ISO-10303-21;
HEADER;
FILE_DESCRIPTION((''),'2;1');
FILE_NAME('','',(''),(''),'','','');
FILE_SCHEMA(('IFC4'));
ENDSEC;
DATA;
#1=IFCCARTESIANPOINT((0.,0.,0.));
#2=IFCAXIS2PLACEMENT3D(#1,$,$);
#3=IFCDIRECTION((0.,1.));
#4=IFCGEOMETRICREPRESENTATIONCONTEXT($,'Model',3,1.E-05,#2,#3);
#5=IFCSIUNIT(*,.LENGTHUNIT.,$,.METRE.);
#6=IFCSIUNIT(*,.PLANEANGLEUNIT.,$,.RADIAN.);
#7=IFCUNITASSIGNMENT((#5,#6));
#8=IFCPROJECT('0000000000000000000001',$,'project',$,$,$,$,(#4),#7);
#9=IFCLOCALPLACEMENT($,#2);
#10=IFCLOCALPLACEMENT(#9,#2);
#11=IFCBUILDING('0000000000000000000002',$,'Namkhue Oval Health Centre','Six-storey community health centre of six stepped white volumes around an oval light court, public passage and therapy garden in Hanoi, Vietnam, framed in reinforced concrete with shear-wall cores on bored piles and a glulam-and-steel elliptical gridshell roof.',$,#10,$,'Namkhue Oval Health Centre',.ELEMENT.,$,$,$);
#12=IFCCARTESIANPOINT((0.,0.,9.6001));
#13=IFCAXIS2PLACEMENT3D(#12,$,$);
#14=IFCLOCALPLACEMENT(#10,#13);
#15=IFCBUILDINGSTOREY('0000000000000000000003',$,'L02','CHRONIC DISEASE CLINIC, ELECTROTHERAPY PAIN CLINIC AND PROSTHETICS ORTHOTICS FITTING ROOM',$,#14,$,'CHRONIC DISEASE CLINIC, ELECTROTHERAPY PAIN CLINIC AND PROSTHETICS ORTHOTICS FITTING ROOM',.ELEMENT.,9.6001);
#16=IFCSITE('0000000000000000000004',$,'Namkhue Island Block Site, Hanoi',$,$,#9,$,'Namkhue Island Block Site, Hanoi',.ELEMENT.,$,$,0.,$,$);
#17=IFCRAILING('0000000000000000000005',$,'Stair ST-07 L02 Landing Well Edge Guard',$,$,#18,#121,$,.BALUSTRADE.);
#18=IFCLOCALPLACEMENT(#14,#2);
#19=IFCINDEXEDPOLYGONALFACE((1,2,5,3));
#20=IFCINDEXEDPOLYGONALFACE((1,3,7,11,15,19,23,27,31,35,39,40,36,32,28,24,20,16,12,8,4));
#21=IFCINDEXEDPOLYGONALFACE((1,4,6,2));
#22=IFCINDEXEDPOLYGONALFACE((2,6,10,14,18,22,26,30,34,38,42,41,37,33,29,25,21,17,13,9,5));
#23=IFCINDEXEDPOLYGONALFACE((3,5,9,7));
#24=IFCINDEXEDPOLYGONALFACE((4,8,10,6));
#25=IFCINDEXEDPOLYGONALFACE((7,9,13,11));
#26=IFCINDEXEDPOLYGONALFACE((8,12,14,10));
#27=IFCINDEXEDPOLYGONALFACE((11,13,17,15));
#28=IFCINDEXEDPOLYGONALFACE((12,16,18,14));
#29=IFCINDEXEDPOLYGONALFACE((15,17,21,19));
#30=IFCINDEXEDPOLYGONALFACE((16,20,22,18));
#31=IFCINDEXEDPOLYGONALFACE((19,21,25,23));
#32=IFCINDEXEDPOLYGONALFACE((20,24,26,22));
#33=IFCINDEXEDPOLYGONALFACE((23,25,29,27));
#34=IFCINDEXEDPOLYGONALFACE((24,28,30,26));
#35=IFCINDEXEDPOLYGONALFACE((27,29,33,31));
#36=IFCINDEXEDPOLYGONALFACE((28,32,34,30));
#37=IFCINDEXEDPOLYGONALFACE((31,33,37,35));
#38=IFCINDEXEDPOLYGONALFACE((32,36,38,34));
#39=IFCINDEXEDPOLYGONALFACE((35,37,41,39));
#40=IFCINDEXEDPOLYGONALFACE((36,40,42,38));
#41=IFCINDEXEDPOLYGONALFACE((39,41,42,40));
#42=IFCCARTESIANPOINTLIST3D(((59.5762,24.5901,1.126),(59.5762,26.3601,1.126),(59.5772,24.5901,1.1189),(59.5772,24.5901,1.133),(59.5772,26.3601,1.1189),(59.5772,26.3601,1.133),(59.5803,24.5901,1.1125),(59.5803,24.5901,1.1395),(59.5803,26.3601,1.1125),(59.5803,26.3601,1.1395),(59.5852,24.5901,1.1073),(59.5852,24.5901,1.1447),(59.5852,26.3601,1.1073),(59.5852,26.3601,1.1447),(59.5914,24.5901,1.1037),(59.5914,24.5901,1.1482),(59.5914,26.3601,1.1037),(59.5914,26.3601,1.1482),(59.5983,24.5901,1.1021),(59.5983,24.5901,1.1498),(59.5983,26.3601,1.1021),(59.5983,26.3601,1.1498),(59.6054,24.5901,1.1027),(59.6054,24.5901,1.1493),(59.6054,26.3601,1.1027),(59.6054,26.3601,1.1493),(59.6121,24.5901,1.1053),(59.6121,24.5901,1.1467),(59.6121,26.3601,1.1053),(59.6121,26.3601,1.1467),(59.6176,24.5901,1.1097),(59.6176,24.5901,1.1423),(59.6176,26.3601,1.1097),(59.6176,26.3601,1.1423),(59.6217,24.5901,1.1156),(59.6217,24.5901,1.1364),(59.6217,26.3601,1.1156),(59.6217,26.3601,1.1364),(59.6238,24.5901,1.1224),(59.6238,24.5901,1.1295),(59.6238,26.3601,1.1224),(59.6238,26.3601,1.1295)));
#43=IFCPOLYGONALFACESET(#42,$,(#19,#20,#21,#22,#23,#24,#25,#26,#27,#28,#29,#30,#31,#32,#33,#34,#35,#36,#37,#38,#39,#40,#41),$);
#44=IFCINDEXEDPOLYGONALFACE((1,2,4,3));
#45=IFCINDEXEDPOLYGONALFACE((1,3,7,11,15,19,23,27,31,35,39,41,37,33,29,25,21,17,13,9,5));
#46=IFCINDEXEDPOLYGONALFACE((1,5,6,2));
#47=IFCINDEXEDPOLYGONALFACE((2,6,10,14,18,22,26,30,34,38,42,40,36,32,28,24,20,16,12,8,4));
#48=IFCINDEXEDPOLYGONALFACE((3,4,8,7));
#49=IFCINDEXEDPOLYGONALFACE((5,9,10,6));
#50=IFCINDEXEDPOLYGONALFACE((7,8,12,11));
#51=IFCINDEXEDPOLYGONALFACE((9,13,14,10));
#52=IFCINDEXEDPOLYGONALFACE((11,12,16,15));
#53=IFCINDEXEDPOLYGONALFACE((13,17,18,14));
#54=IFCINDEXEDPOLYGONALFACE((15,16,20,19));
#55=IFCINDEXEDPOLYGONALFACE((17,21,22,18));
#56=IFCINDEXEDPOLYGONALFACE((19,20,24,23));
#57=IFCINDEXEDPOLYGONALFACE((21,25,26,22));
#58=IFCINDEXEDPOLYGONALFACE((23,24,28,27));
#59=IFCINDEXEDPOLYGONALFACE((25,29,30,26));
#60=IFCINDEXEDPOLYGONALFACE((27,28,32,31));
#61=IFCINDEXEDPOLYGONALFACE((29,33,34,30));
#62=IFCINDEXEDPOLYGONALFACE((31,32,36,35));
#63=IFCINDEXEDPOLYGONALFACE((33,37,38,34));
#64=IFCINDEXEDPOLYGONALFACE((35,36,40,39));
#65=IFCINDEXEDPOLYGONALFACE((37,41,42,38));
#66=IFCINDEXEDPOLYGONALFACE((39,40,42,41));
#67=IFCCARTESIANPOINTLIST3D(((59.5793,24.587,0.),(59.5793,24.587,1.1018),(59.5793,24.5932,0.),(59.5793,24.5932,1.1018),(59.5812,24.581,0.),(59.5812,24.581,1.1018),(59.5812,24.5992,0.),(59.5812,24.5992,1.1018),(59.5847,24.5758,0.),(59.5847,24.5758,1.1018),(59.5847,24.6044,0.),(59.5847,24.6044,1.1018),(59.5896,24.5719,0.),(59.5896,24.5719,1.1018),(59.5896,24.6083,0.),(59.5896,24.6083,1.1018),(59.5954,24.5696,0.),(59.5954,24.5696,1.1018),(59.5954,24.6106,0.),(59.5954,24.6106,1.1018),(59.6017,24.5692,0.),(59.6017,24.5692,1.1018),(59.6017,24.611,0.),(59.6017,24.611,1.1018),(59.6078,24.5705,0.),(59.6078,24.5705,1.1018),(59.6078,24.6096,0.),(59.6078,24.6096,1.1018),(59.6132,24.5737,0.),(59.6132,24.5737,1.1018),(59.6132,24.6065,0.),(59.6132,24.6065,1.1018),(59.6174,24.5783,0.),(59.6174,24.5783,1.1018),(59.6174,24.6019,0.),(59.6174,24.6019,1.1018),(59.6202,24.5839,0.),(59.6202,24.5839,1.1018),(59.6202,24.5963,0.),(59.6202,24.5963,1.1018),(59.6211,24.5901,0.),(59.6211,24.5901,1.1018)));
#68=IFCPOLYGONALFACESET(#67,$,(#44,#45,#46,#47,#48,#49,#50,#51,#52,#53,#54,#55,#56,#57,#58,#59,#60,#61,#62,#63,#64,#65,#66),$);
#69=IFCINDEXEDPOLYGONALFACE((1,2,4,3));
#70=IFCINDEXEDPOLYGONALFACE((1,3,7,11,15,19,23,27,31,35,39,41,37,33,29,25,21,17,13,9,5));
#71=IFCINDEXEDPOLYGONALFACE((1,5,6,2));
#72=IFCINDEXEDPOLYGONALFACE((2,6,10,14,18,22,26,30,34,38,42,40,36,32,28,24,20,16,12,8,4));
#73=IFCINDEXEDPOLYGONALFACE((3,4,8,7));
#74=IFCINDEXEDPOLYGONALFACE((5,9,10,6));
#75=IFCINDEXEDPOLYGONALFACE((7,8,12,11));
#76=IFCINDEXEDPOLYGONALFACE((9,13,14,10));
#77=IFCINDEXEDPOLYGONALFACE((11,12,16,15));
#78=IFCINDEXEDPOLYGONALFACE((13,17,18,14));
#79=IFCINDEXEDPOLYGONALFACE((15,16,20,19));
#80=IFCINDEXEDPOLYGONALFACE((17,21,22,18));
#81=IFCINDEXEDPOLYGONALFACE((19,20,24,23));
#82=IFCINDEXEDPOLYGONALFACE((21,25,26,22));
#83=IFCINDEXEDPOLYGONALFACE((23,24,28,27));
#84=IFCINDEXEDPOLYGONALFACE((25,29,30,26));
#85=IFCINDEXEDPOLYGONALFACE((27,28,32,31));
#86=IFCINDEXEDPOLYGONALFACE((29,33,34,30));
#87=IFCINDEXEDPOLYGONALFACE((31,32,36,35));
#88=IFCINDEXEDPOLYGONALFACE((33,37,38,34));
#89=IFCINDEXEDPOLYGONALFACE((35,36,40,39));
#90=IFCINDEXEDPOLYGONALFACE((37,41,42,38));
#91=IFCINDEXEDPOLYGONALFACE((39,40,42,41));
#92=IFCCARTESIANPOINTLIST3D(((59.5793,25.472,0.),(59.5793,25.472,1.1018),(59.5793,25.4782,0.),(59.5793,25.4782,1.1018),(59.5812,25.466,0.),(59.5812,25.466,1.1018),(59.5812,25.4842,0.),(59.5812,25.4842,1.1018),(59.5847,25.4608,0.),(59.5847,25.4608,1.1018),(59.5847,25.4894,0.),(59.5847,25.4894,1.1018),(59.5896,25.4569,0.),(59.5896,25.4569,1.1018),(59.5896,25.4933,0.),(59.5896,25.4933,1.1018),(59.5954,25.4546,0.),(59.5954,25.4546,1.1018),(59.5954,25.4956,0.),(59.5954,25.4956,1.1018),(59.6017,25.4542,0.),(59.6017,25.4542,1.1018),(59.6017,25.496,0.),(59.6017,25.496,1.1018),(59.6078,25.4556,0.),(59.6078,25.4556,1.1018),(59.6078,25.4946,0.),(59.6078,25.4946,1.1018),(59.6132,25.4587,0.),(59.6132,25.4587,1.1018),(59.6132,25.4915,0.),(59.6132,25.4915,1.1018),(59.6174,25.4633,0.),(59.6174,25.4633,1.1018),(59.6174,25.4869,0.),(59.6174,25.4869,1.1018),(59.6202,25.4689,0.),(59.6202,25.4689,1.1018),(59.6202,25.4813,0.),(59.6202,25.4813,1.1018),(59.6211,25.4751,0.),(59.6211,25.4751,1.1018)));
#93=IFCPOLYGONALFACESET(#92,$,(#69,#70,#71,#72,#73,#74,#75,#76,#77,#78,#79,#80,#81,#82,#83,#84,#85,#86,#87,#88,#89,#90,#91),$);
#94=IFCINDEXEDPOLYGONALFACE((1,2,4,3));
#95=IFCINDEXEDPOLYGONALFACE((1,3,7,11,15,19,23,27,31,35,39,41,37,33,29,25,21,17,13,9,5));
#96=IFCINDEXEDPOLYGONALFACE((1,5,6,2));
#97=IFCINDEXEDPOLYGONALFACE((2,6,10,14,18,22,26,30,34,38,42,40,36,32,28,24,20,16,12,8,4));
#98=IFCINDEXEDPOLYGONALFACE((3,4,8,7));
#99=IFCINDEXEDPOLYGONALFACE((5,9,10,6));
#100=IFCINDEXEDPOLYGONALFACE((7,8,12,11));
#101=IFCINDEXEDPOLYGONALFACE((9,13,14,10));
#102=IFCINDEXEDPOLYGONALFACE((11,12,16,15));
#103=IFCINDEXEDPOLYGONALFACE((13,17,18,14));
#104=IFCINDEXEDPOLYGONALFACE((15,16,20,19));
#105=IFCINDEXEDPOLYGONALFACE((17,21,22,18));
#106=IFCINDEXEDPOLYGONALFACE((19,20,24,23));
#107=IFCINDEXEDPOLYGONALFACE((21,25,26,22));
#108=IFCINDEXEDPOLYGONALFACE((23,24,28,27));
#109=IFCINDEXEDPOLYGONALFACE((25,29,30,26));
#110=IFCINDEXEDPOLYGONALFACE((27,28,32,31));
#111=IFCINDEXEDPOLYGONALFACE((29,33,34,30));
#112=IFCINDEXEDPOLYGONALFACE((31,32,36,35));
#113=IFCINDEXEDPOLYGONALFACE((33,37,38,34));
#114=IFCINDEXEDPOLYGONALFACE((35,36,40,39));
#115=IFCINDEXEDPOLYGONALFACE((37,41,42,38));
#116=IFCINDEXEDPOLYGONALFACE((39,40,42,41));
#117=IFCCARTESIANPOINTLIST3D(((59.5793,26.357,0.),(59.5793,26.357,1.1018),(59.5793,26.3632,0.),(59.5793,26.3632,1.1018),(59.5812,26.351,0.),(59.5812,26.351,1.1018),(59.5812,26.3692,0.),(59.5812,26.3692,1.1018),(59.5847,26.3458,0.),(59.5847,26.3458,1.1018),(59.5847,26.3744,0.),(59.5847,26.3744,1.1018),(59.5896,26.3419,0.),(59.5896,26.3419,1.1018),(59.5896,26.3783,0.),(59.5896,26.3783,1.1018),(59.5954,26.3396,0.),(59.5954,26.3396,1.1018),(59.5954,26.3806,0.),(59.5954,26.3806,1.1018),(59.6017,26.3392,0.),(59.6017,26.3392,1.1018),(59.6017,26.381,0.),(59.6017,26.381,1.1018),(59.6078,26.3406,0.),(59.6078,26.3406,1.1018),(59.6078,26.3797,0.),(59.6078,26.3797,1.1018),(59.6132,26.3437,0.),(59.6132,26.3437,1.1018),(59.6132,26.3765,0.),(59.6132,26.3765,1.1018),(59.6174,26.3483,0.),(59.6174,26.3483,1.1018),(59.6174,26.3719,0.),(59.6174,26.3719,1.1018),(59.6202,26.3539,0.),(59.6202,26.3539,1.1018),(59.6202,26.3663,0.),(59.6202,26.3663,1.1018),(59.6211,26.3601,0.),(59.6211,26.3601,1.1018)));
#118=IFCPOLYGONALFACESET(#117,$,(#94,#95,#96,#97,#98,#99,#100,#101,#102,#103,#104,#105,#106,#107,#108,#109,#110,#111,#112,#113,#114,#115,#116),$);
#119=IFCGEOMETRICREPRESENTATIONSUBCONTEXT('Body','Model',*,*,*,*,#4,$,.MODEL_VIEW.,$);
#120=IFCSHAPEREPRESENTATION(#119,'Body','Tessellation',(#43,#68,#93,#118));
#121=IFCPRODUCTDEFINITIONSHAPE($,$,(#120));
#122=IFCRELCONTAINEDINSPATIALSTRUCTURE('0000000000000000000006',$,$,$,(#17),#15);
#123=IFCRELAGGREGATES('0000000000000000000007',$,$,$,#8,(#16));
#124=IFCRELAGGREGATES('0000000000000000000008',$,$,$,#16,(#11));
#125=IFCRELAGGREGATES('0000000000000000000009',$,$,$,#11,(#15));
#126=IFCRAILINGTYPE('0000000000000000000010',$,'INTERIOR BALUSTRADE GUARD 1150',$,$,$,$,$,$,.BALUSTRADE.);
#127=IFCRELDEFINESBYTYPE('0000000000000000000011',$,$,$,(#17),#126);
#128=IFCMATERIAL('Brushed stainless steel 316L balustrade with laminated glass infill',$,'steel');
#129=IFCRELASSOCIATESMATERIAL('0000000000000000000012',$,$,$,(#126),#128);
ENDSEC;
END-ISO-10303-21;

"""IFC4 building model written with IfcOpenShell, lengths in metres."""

from ifc_helpers import new_model, si_unit, direction, frame, origin, origin_2d, place, context, subcontext, project, spatial, circle, extrude, material, type_object, element, save


model = new_model("IFC4")

# Units and contexts
model_context = context("Model", 3, precision=1e-05, world=origin(), true_north=direction((0.0, 1.0)))
body_context = subcontext(model_context, "Body", "Model", "MODEL_VIEW")
ifc_project = project(units=[si_unit("LENGTHUNIT", "METRE"), si_unit("PLANEANGLEUNIT", "RADIAN")], contexts=[model_context])

# Site, building, storey
site_placement = place(None, origin())
site = spatial("IfcSite", under=ifc_project, at=site_placement, Name="Namkhue Island Block Site, Hanoi", LongName="Namkhue Island Block Site, Hanoi", CompositionType="ELEMENT", RefElevation=0.0)
building_placement = place(site_placement, origin())
building = spatial("IfcBuilding", under=site, at=building_placement, Name="Namkhue Oval Health Centre", Description="Six-storey community health centre of six stepped white volumes around an oval light court, public passage and therapy garden in Hanoi, Vietnam, framed in reinforced concrete with shear-wall cores on bored piles and a glulam-and-steel elliptical gridshell roof.", LongName="Namkhue Oval Health Centre", CompositionType="ELEMENT")
storey_placement = place(building_placement, frame((0.0, 0.0, 9.6001)))
storey = spatial("IfcBuildingStorey", under=building, at=storey_placement, Name="L02", Description="CHRONIC DISEASE CLINIC, ELECTROTHERAPY PAIN CLINIC AND PROSTHETICS ORTHOTICS FITTING ROOM", LongName="CHRONIC DISEASE CLINIC, ELECTROTHERAPY PAIN CLINIC AND PROSTHETICS ORTHOTICS FITTING ROOM", CompositionType="ELEMENT", Elevation=9.6001)

# Railing
ifc_material_1 = material(Name="Brushed stainless steel 316L balustrade with laminated glass infill", Category="steel")
railing_type_1 = type_object("IfcRailingType", Name="INTERIOR BALUSTRADE GUARD 1150", PredefinedType="BALUSTRADE", material=ifc_material_1)
railing_1_placement = place(storey_placement, frame((59.6001, 24.5901, 0.0)))
element("IfcRailing", 1, at=railing_1_placement, inside=storey, type_object=railing_type_1, Name="Stair ST-07 L02 Landing Well Edge Guard", PredefinedType="BALUSTRADE", context=body_context, shape_type="SweptSolid", body=[
    extrude(circle(Radius=0.0239, at=origin_2d()), frame((0.0, 0.0, 1.126), z_axis=(0.0, 1.0, 0.0), x_axis=(-1.0, 0.0, 0.0)), (0.0, 0.0, 1.0), 1.77),
    extrude(circle(Radius=0.021, at=origin_2d()), origin(), (0.0, 0.0, 1.0), 1.1018),
    extrude(circle(Radius=0.021, at=origin_2d()), frame((0.0, 0.885, 0.0)), (0.0, 0.0, 1.0), 1.1018),
    extrude(circle(Radius=0.021, at=origin_2d()), frame((0.0, 1.77, 0.0)), (0.0, 0.0, 1.0), 1.1018),
])

save(model, "model.ifc")
